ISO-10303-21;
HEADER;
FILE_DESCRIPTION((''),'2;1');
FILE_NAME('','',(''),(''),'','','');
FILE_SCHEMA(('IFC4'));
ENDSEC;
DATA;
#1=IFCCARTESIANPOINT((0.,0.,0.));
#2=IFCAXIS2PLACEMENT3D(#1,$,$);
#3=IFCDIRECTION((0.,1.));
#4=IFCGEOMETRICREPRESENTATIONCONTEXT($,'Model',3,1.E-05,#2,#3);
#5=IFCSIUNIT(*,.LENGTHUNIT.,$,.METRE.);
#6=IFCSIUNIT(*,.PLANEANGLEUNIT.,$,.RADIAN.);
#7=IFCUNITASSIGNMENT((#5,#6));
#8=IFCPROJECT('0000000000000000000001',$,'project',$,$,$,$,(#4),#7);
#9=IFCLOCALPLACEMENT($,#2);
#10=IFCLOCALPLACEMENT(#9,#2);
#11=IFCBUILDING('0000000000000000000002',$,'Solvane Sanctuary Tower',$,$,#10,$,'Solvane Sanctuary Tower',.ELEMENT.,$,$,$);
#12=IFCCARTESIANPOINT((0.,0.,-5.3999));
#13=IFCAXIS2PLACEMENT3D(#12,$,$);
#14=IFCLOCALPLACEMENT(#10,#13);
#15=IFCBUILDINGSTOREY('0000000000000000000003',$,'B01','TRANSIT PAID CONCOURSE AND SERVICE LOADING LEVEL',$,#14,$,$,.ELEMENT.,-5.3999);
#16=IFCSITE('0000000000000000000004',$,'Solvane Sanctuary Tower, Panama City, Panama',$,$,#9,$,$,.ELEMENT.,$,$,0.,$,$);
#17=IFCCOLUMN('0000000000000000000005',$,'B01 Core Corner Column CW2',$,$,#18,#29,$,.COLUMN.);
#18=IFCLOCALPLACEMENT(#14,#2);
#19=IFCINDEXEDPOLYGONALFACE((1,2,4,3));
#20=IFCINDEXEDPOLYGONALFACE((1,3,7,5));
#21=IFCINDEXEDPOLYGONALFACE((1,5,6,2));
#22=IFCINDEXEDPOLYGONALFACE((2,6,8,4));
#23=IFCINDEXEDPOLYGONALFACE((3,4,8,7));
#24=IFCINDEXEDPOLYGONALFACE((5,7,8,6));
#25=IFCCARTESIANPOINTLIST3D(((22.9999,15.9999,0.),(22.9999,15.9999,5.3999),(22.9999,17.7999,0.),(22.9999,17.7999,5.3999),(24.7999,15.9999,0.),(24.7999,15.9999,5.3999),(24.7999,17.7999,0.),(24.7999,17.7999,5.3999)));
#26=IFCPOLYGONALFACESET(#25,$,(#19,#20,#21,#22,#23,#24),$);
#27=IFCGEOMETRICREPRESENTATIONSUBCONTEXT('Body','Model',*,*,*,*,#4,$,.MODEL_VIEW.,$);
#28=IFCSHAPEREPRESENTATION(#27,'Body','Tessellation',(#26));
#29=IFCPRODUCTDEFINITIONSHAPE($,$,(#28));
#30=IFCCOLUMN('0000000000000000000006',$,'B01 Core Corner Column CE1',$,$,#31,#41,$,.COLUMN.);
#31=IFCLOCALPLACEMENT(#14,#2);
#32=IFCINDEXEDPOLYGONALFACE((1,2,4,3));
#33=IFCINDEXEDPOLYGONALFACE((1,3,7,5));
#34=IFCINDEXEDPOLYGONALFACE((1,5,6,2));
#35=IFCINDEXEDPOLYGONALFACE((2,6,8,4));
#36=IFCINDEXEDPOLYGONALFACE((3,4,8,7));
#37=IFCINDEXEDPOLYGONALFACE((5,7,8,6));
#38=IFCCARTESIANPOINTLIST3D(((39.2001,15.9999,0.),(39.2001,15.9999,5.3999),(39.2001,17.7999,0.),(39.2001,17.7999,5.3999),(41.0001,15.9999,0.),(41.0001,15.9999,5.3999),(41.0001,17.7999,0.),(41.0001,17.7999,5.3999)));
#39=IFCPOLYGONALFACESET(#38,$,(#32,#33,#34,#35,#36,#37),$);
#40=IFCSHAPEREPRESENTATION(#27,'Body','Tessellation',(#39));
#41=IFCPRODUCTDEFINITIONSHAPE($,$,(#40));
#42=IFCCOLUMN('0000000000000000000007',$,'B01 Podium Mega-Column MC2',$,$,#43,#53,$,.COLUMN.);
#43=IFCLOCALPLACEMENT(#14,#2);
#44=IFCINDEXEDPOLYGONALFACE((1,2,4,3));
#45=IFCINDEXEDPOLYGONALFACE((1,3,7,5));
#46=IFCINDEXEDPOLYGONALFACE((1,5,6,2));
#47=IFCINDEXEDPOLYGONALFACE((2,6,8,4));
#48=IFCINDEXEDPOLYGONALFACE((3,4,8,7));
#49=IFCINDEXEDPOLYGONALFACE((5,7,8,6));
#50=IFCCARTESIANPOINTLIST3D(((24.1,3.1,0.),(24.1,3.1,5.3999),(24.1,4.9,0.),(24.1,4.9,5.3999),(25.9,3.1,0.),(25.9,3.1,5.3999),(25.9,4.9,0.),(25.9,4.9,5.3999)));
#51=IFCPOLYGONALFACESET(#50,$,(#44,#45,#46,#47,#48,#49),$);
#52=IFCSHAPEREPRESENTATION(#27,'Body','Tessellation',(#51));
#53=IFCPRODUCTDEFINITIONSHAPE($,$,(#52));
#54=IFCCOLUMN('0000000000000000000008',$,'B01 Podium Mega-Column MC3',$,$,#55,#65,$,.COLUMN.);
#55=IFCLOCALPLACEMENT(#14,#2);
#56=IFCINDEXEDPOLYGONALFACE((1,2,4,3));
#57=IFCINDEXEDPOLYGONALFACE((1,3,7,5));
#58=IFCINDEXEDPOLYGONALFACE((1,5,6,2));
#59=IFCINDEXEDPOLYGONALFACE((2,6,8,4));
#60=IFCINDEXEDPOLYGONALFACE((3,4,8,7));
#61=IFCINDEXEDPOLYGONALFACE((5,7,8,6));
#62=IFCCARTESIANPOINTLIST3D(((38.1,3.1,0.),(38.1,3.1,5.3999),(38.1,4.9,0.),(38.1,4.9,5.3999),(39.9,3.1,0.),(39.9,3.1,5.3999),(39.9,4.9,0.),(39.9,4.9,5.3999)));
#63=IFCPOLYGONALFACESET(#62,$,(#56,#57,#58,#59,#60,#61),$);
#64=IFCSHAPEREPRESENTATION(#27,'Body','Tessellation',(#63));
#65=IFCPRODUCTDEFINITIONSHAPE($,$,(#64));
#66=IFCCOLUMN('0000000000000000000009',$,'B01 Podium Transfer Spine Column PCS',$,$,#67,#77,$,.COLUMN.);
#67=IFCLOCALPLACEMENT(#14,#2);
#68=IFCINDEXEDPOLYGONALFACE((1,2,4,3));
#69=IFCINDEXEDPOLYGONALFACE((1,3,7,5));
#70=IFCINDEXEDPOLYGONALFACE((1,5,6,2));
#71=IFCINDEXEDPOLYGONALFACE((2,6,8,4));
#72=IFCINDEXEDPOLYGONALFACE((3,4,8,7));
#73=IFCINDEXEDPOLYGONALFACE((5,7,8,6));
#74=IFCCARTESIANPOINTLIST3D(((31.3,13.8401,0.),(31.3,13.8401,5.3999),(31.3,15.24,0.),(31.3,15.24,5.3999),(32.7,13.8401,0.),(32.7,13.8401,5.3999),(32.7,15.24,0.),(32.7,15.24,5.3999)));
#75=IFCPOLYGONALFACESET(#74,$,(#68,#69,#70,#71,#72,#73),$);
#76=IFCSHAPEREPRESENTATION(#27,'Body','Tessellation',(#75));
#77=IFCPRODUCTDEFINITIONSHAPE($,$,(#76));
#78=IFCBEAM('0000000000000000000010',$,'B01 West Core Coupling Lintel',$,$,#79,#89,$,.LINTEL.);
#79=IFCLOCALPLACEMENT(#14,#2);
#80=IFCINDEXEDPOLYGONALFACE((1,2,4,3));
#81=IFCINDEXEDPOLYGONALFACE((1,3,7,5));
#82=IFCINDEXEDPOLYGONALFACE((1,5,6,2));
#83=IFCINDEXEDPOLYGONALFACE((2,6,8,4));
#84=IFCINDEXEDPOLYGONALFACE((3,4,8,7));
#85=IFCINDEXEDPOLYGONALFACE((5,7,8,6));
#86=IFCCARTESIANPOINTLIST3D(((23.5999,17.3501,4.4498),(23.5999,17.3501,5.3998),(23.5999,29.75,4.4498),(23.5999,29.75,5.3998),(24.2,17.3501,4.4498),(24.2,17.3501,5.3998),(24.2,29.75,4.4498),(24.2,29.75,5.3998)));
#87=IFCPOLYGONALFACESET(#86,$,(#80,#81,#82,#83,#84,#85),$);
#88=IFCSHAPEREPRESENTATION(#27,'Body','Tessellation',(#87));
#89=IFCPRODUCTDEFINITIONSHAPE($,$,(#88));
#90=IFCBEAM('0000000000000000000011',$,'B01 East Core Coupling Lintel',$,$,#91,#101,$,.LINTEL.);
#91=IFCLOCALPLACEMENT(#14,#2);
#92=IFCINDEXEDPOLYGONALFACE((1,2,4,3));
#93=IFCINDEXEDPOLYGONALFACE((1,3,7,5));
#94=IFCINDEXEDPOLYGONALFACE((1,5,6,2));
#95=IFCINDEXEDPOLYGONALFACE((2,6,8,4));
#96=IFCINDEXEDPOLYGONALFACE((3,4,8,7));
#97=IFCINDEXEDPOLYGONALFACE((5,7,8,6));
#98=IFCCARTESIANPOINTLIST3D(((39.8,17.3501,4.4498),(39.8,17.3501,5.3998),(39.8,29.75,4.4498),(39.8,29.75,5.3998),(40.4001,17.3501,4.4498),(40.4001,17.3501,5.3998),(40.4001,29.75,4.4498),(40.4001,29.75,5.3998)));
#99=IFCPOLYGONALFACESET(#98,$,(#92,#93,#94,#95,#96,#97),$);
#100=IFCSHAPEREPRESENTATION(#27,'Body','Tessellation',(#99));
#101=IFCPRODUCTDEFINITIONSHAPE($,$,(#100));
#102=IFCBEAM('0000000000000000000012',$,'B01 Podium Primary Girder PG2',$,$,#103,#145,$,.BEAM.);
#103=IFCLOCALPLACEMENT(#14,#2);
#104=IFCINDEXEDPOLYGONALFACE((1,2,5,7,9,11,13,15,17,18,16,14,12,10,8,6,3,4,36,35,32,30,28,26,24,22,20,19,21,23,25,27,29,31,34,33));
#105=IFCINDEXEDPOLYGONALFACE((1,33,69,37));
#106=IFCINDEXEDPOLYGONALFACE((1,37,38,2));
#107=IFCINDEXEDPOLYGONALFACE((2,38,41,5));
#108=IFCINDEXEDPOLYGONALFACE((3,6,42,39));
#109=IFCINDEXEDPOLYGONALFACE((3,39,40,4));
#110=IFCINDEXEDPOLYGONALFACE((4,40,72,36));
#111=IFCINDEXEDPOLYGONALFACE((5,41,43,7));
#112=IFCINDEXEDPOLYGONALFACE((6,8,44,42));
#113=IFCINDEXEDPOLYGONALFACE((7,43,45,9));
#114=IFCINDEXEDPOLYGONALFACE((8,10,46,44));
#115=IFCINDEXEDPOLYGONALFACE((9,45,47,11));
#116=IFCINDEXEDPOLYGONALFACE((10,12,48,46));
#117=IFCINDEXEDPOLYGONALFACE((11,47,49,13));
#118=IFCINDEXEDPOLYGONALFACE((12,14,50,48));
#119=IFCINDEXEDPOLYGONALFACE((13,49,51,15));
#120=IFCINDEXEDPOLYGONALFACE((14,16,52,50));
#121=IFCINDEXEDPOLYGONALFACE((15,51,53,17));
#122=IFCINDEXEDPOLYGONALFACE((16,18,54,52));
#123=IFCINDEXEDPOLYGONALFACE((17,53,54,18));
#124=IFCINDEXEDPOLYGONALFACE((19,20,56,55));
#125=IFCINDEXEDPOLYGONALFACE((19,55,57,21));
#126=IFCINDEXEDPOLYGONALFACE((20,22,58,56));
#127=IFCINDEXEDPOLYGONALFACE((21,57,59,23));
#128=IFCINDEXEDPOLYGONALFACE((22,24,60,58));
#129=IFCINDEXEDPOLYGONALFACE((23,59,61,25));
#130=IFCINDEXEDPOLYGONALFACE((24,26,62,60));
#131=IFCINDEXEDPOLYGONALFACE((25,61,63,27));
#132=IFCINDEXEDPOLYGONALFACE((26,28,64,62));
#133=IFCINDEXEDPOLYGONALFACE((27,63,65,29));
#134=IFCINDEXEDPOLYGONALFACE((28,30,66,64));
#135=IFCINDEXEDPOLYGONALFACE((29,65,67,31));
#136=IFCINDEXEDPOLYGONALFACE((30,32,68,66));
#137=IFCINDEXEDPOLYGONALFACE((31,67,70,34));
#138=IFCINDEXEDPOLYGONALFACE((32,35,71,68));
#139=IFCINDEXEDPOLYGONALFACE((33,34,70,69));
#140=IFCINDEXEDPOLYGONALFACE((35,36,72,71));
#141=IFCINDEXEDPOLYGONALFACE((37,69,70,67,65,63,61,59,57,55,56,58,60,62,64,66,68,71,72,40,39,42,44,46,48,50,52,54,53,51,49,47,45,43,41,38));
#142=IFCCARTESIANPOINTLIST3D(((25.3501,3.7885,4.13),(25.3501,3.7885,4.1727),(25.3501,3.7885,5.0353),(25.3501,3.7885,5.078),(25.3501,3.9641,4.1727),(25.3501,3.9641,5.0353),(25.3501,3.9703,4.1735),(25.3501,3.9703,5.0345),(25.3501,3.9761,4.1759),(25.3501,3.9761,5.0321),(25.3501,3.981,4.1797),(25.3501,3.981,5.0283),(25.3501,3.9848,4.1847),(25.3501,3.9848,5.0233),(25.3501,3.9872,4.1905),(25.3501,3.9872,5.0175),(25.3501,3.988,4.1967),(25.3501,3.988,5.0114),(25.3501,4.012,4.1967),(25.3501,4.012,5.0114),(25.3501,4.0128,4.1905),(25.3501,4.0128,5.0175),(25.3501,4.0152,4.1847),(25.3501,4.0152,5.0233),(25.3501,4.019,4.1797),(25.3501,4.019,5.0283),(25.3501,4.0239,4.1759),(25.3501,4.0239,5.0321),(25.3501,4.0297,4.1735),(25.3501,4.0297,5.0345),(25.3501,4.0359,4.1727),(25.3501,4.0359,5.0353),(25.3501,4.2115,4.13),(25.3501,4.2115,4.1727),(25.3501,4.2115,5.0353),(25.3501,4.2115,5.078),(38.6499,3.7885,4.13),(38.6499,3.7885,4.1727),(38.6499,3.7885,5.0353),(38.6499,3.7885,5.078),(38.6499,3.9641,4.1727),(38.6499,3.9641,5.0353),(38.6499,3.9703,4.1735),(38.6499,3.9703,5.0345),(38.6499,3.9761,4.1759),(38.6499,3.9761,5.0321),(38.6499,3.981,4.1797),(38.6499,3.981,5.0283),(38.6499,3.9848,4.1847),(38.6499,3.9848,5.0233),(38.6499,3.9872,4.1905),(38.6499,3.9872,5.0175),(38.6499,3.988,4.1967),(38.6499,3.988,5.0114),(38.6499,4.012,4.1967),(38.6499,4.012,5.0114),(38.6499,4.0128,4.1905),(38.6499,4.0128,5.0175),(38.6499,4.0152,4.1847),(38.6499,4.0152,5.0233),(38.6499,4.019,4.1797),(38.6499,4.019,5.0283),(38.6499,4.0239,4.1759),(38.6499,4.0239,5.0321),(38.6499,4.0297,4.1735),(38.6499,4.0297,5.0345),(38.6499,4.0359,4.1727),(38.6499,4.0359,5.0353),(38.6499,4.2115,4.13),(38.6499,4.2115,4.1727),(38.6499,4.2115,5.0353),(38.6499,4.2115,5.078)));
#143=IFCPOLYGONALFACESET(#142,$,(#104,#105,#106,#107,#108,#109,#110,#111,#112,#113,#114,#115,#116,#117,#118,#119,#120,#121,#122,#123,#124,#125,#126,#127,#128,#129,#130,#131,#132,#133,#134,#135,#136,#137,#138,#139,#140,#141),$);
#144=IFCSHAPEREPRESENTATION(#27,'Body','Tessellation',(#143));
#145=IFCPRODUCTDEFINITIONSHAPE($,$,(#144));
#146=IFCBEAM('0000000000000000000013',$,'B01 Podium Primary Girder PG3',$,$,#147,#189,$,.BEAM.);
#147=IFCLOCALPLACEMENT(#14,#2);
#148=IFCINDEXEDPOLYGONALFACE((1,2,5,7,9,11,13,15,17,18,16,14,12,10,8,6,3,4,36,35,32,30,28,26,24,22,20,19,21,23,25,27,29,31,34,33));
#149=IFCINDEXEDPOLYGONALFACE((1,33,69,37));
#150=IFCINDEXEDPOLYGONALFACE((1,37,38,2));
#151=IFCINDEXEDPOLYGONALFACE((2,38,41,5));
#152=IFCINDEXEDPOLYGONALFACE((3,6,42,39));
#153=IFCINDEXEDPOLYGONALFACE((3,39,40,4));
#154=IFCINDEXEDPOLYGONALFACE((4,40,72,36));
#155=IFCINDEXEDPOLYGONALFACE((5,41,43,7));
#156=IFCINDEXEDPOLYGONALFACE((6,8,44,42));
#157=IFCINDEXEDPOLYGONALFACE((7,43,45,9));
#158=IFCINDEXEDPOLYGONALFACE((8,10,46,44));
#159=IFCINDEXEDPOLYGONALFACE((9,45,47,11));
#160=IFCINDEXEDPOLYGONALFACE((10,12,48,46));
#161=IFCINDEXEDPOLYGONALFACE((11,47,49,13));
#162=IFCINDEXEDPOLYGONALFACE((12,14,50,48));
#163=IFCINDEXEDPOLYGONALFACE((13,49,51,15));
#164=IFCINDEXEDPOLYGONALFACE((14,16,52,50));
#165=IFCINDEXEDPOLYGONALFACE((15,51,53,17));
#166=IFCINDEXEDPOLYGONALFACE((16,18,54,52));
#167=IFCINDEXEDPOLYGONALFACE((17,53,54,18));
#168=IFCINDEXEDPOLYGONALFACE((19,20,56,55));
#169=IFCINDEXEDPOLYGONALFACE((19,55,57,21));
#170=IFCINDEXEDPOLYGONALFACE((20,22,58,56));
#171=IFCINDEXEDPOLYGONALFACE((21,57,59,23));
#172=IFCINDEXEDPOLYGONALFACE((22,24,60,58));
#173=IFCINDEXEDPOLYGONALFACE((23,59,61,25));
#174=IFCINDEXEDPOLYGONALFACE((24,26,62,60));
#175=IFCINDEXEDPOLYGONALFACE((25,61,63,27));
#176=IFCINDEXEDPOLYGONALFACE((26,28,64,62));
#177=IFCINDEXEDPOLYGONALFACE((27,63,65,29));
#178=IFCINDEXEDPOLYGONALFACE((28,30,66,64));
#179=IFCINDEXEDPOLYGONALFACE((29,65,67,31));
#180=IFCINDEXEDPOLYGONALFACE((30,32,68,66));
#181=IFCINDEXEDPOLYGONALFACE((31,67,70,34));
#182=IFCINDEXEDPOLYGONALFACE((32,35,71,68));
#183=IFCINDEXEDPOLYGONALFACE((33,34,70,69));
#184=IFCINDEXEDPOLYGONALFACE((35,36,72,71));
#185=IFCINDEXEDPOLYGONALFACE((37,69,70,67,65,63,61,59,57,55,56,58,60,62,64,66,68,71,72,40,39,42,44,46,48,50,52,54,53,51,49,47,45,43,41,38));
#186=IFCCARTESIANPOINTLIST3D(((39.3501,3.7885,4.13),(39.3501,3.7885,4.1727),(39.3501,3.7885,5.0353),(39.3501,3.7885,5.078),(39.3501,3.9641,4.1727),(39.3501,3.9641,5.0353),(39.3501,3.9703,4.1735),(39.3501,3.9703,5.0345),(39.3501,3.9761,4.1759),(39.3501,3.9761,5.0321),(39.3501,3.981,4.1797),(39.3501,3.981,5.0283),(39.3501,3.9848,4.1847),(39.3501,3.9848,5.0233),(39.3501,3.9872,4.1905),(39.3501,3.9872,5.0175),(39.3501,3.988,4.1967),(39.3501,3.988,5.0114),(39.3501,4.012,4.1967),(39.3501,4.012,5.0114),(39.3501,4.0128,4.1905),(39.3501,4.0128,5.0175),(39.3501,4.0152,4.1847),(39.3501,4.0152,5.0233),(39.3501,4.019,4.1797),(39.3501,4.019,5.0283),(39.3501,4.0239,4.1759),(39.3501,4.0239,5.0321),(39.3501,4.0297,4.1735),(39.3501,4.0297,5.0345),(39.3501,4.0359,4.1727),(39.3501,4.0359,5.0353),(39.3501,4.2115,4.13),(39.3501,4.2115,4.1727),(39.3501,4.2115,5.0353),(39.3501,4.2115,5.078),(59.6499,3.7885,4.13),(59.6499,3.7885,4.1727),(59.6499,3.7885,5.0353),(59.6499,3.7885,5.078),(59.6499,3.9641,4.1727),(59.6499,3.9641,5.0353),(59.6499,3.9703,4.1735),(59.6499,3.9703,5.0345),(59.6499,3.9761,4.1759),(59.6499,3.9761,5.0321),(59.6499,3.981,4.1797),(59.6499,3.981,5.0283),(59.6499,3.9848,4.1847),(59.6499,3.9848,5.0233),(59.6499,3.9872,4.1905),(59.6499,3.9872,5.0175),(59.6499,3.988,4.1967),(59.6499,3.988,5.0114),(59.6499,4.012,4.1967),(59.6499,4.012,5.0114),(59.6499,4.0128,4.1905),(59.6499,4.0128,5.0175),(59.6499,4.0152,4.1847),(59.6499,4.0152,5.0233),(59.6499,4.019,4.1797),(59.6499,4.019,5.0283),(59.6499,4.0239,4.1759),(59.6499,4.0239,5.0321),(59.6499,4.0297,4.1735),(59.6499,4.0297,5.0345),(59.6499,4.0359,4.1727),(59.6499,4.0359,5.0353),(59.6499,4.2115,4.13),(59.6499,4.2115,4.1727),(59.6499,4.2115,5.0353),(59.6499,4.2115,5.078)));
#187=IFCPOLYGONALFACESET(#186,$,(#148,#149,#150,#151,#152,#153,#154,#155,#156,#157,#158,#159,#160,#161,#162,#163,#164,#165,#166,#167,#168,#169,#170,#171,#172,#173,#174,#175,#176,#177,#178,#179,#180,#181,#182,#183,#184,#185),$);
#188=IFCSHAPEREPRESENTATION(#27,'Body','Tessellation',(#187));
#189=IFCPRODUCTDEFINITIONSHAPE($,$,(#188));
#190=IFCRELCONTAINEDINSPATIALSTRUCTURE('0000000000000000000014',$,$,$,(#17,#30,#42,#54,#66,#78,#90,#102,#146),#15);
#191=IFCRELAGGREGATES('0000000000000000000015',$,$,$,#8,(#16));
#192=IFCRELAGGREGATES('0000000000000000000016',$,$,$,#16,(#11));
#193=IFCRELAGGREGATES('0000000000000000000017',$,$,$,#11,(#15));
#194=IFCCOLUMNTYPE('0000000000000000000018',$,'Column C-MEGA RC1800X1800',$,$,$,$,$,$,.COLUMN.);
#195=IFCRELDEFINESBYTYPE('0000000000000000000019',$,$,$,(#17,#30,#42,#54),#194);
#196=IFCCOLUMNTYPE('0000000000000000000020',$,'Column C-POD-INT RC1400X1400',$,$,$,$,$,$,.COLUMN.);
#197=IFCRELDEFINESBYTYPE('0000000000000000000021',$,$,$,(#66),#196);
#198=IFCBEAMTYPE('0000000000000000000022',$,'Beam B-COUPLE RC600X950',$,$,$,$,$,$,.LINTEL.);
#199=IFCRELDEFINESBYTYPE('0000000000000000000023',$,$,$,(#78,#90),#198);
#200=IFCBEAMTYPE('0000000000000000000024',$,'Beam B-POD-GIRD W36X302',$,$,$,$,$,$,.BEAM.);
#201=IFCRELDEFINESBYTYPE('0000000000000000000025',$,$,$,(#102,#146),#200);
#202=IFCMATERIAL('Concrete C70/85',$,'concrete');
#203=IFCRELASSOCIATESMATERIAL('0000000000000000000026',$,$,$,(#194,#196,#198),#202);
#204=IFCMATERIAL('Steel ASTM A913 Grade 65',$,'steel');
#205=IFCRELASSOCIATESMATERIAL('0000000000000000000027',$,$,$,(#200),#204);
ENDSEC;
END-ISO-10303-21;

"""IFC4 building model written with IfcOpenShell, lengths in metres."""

from ifc_helpers import new_model, si_unit, direction, frame, origin, origin_2d, place, context, subcontext, project, spatial, rectangle, i_section, extrude, material, material_profile, profile_set, type_object, element, save


model = new_model("IFC4")

# Units and contexts
model_context = context("Model", 3, precision=1e-05, world=origin(), true_north=direction((0.0, 1.0)))
body_context = subcontext(model_context, "Body", "Model", "MODEL_VIEW")
ifc_project = project(units=[si_unit("LENGTHUNIT", "METRE"), si_unit("PLANEANGLEUNIT", "RADIAN")], contexts=[model_context])

# Site, building, storey
site_placement = place(None, origin())
site = spatial("IfcSite", under=ifc_project, at=site_placement, Name="Solvane Sanctuary Tower, Panama City, Panama", CompositionType="ELEMENT", RefElevation=0.0)
building_placement = place(site_placement, origin())
building = spatial("IfcBuilding", under=site, at=building_placement, Name="Solvane Sanctuary Tower", LongName="Solvane Sanctuary Tower", CompositionType="ELEMENT")
storey_placement = place(building_placement, frame((0.0, 0.0, -5.3999)))
storey = spatial("IfcBuildingStorey", under=building, at=storey_placement, Name="B01", Description="TRANSIT PAID CONCOURSE AND SERVICE LOADING LEVEL", CompositionType="ELEMENT", Elevation=-5.3999)

# Columns
ifc_material_1 = material(Name="Concrete C70/85", Category="concrete")
ifc_material_profile_1 = material_profile(ifc_material_1, rectangle(XDim=1.8, YDim=1.8, at=origin_2d()), Name="RC1800X1800")
ifc_profile_set_1 = profile_set([ifc_material_profile_1], Name="Concrete C70/85")
column_type_1 = type_object("IfcColumnType", Name="Column C-MEGA RC1800X1800", PredefinedType="COLUMN", material=ifc_profile_set_1)
for number, where, z_axis, x_axis, name in (
    (1, (23.8999, 16.8999, 0.0), (0.0, 0.0, 1.0), (1.0, 0.0, 0.0), "B01 Core Corner Column CW2"),
    (2, (40.1001, 16.8999, 0.0), (0.0, 0.0, 1.0), (1.0, 0.0, 0.0), "B01 Core Corner Column CE1"),
    (3, (25.0, 4.0, 0.0), (0.0, 0.0, 1.0), (1.0, 0.0, 0.0), "B01 Podium Mega-Column MC2"),
    (4, (39.0, 4.0, 0.0), (0.0, 0.0, 1.0), (1.0, 0.0, 0.0), "B01 Podium Mega-Column MC3"),
):
    element("IfcColumn", number, at=place(storey_placement, frame(where, z_axis=z_axis, x_axis=x_axis)), inside=storey, type_object=column_type_1, Name=name, PredefinedType="COLUMN", context=body_context, shape_type="SweptSolid", body=[
        extrude(rectangle(XDim=1.8, YDim=1.8, at=origin_2d()), origin(), (0.0, 0.0, 1.0), 5.3999),
    ])
ifc_material_profile_2 = material_profile(ifc_material_1, rectangle(XDim=1.3999, YDim=1.3999, at=origin_2d()), Name="RC1400X1400")
ifc_profile_set_2 = profile_set([ifc_material_profile_2], Name="Concrete C70/85")
column_type_2 = type_object("IfcColumnType", Name="Column C-POD-INT RC1400X1400", PredefinedType="COLUMN", material=ifc_profile_set_2)
column_placement = place(storey_placement, frame((32.0, 14.54, 0.0), z_axis=(0.0, 0.0, 1.0), x_axis=(1.0, 0.0, 0.0)))
element("IfcColumn", 5, at=column_placement, inside=storey, type_object=column_type_2, Name="B01 Podium Transfer Spine Column PCS", PredefinedType="COLUMN", context=body_context, shape_type="SweptSolid", body=[
    extrude(rectangle(XDim=1.3999, YDim=1.3999, at=origin_2d()), origin(), (0.0, 0.0, 1.0), 5.3999),
])

# Beams
ifc_material_profile_3 = material_profile(ifc_material_1, rectangle(XDim=0.6001, YDim=0.95, at=origin_2d()), Name="RC600X950")
ifc_profile_set_3 = profile_set([ifc_material_profile_3], Name="Concrete C70/85")
beam_type_1 = type_object("IfcBeamType", Name="Beam B-COUPLE RC600X950", PredefinedType="LINTEL", material=ifc_profile_set_3)
for number, where, z_axis, x_axis, name in (
    (6, (23.8999, 17.3501, 4.9248), (0.0, 1.0, 0.0), (-1.0, 0.0, 0.0), "B01 West Core Coupling Lintel"),
    (7, (40.1001, 17.3501, 4.9248), (0.0, 1.0, 0.0), (-1.0, 0.0, 0.0), "B01 East Core Coupling Lintel"),
):
    element("IfcBeam", number, at=place(storey_placement, frame(where, z_axis=z_axis, x_axis=x_axis)), inside=storey, type_object=beam_type_1, Name=name, PredefinedType="LINTEL", context=body_context, shape_type="SweptSolid", body=[
        extrude(rectangle(XDim=0.6001, YDim=0.95, at=origin_2d()), origin(), (0.0, 0.0, 1.0), 12.3999),
    ])
ifc_material_2 = material(Name="Steel ASTM A913 Grade 65", Category="steel")
ifc_material_profile_4 = material_profile(ifc_material_2, i_section(OverallWidth=0.4231, OverallDepth=0.948, WebThickness=0.0239, FlangeThickness=0.0427, FilletRadius=0.0239, at=origin_2d()), Name="W36X302")
ifc_profile_set_4 = profile_set([ifc_material_profile_4], Name="Steel ASTM A913 Grade 65")
beam_type_2 = type_object("IfcBeamType", Name="Beam B-POD-GIRD W36X302", PredefinedType="BEAM", material=ifc_profile_set_4)
beam_1_placement = place(storey_placement, frame((25.3501, 4.0, 4.604), z_axis=(1.0, 0.0, 0.0), x_axis=(0.0, 1.0, 0.0)))
element("IfcBeam", 8, at=beam_1_placement, inside=storey, type_object=beam_type_2, Name="B01 Podium Primary Girder PG2", PredefinedType="BEAM", context=body_context, shape_type="SweptSolid", body=[
    extrude(i_section(OverallWidth=0.4231, OverallDepth=0.948, WebThickness=0.0239, FlangeThickness=0.0427, FilletRadius=0.0239, at=origin_2d()), origin(), (0.0, 0.0, 1.0), 13.2998),
])
beam_2_placement = place(storey_placement, frame((39.3501, 4.0, 4.604), z_axis=(1.0, 0.0, 0.0), x_axis=(0.0, 1.0, 0.0)))
element("IfcBeam", 9, at=beam_2_placement, inside=storey, type_object=beam_type_2, Name="B01 Podium Primary Girder PG3", PredefinedType="BEAM", context=body_context, shape_type="SweptSolid", body=[
    extrude(i_section(OverallWidth=0.4231, OverallDepth=0.948, WebThickness=0.0239, FlangeThickness=0.0427, FilletRadius=0.0239, at=origin_2d()), origin(), (0.0, 0.0, 1.0), 20.2998),
])

save(model, "model.ifc")
